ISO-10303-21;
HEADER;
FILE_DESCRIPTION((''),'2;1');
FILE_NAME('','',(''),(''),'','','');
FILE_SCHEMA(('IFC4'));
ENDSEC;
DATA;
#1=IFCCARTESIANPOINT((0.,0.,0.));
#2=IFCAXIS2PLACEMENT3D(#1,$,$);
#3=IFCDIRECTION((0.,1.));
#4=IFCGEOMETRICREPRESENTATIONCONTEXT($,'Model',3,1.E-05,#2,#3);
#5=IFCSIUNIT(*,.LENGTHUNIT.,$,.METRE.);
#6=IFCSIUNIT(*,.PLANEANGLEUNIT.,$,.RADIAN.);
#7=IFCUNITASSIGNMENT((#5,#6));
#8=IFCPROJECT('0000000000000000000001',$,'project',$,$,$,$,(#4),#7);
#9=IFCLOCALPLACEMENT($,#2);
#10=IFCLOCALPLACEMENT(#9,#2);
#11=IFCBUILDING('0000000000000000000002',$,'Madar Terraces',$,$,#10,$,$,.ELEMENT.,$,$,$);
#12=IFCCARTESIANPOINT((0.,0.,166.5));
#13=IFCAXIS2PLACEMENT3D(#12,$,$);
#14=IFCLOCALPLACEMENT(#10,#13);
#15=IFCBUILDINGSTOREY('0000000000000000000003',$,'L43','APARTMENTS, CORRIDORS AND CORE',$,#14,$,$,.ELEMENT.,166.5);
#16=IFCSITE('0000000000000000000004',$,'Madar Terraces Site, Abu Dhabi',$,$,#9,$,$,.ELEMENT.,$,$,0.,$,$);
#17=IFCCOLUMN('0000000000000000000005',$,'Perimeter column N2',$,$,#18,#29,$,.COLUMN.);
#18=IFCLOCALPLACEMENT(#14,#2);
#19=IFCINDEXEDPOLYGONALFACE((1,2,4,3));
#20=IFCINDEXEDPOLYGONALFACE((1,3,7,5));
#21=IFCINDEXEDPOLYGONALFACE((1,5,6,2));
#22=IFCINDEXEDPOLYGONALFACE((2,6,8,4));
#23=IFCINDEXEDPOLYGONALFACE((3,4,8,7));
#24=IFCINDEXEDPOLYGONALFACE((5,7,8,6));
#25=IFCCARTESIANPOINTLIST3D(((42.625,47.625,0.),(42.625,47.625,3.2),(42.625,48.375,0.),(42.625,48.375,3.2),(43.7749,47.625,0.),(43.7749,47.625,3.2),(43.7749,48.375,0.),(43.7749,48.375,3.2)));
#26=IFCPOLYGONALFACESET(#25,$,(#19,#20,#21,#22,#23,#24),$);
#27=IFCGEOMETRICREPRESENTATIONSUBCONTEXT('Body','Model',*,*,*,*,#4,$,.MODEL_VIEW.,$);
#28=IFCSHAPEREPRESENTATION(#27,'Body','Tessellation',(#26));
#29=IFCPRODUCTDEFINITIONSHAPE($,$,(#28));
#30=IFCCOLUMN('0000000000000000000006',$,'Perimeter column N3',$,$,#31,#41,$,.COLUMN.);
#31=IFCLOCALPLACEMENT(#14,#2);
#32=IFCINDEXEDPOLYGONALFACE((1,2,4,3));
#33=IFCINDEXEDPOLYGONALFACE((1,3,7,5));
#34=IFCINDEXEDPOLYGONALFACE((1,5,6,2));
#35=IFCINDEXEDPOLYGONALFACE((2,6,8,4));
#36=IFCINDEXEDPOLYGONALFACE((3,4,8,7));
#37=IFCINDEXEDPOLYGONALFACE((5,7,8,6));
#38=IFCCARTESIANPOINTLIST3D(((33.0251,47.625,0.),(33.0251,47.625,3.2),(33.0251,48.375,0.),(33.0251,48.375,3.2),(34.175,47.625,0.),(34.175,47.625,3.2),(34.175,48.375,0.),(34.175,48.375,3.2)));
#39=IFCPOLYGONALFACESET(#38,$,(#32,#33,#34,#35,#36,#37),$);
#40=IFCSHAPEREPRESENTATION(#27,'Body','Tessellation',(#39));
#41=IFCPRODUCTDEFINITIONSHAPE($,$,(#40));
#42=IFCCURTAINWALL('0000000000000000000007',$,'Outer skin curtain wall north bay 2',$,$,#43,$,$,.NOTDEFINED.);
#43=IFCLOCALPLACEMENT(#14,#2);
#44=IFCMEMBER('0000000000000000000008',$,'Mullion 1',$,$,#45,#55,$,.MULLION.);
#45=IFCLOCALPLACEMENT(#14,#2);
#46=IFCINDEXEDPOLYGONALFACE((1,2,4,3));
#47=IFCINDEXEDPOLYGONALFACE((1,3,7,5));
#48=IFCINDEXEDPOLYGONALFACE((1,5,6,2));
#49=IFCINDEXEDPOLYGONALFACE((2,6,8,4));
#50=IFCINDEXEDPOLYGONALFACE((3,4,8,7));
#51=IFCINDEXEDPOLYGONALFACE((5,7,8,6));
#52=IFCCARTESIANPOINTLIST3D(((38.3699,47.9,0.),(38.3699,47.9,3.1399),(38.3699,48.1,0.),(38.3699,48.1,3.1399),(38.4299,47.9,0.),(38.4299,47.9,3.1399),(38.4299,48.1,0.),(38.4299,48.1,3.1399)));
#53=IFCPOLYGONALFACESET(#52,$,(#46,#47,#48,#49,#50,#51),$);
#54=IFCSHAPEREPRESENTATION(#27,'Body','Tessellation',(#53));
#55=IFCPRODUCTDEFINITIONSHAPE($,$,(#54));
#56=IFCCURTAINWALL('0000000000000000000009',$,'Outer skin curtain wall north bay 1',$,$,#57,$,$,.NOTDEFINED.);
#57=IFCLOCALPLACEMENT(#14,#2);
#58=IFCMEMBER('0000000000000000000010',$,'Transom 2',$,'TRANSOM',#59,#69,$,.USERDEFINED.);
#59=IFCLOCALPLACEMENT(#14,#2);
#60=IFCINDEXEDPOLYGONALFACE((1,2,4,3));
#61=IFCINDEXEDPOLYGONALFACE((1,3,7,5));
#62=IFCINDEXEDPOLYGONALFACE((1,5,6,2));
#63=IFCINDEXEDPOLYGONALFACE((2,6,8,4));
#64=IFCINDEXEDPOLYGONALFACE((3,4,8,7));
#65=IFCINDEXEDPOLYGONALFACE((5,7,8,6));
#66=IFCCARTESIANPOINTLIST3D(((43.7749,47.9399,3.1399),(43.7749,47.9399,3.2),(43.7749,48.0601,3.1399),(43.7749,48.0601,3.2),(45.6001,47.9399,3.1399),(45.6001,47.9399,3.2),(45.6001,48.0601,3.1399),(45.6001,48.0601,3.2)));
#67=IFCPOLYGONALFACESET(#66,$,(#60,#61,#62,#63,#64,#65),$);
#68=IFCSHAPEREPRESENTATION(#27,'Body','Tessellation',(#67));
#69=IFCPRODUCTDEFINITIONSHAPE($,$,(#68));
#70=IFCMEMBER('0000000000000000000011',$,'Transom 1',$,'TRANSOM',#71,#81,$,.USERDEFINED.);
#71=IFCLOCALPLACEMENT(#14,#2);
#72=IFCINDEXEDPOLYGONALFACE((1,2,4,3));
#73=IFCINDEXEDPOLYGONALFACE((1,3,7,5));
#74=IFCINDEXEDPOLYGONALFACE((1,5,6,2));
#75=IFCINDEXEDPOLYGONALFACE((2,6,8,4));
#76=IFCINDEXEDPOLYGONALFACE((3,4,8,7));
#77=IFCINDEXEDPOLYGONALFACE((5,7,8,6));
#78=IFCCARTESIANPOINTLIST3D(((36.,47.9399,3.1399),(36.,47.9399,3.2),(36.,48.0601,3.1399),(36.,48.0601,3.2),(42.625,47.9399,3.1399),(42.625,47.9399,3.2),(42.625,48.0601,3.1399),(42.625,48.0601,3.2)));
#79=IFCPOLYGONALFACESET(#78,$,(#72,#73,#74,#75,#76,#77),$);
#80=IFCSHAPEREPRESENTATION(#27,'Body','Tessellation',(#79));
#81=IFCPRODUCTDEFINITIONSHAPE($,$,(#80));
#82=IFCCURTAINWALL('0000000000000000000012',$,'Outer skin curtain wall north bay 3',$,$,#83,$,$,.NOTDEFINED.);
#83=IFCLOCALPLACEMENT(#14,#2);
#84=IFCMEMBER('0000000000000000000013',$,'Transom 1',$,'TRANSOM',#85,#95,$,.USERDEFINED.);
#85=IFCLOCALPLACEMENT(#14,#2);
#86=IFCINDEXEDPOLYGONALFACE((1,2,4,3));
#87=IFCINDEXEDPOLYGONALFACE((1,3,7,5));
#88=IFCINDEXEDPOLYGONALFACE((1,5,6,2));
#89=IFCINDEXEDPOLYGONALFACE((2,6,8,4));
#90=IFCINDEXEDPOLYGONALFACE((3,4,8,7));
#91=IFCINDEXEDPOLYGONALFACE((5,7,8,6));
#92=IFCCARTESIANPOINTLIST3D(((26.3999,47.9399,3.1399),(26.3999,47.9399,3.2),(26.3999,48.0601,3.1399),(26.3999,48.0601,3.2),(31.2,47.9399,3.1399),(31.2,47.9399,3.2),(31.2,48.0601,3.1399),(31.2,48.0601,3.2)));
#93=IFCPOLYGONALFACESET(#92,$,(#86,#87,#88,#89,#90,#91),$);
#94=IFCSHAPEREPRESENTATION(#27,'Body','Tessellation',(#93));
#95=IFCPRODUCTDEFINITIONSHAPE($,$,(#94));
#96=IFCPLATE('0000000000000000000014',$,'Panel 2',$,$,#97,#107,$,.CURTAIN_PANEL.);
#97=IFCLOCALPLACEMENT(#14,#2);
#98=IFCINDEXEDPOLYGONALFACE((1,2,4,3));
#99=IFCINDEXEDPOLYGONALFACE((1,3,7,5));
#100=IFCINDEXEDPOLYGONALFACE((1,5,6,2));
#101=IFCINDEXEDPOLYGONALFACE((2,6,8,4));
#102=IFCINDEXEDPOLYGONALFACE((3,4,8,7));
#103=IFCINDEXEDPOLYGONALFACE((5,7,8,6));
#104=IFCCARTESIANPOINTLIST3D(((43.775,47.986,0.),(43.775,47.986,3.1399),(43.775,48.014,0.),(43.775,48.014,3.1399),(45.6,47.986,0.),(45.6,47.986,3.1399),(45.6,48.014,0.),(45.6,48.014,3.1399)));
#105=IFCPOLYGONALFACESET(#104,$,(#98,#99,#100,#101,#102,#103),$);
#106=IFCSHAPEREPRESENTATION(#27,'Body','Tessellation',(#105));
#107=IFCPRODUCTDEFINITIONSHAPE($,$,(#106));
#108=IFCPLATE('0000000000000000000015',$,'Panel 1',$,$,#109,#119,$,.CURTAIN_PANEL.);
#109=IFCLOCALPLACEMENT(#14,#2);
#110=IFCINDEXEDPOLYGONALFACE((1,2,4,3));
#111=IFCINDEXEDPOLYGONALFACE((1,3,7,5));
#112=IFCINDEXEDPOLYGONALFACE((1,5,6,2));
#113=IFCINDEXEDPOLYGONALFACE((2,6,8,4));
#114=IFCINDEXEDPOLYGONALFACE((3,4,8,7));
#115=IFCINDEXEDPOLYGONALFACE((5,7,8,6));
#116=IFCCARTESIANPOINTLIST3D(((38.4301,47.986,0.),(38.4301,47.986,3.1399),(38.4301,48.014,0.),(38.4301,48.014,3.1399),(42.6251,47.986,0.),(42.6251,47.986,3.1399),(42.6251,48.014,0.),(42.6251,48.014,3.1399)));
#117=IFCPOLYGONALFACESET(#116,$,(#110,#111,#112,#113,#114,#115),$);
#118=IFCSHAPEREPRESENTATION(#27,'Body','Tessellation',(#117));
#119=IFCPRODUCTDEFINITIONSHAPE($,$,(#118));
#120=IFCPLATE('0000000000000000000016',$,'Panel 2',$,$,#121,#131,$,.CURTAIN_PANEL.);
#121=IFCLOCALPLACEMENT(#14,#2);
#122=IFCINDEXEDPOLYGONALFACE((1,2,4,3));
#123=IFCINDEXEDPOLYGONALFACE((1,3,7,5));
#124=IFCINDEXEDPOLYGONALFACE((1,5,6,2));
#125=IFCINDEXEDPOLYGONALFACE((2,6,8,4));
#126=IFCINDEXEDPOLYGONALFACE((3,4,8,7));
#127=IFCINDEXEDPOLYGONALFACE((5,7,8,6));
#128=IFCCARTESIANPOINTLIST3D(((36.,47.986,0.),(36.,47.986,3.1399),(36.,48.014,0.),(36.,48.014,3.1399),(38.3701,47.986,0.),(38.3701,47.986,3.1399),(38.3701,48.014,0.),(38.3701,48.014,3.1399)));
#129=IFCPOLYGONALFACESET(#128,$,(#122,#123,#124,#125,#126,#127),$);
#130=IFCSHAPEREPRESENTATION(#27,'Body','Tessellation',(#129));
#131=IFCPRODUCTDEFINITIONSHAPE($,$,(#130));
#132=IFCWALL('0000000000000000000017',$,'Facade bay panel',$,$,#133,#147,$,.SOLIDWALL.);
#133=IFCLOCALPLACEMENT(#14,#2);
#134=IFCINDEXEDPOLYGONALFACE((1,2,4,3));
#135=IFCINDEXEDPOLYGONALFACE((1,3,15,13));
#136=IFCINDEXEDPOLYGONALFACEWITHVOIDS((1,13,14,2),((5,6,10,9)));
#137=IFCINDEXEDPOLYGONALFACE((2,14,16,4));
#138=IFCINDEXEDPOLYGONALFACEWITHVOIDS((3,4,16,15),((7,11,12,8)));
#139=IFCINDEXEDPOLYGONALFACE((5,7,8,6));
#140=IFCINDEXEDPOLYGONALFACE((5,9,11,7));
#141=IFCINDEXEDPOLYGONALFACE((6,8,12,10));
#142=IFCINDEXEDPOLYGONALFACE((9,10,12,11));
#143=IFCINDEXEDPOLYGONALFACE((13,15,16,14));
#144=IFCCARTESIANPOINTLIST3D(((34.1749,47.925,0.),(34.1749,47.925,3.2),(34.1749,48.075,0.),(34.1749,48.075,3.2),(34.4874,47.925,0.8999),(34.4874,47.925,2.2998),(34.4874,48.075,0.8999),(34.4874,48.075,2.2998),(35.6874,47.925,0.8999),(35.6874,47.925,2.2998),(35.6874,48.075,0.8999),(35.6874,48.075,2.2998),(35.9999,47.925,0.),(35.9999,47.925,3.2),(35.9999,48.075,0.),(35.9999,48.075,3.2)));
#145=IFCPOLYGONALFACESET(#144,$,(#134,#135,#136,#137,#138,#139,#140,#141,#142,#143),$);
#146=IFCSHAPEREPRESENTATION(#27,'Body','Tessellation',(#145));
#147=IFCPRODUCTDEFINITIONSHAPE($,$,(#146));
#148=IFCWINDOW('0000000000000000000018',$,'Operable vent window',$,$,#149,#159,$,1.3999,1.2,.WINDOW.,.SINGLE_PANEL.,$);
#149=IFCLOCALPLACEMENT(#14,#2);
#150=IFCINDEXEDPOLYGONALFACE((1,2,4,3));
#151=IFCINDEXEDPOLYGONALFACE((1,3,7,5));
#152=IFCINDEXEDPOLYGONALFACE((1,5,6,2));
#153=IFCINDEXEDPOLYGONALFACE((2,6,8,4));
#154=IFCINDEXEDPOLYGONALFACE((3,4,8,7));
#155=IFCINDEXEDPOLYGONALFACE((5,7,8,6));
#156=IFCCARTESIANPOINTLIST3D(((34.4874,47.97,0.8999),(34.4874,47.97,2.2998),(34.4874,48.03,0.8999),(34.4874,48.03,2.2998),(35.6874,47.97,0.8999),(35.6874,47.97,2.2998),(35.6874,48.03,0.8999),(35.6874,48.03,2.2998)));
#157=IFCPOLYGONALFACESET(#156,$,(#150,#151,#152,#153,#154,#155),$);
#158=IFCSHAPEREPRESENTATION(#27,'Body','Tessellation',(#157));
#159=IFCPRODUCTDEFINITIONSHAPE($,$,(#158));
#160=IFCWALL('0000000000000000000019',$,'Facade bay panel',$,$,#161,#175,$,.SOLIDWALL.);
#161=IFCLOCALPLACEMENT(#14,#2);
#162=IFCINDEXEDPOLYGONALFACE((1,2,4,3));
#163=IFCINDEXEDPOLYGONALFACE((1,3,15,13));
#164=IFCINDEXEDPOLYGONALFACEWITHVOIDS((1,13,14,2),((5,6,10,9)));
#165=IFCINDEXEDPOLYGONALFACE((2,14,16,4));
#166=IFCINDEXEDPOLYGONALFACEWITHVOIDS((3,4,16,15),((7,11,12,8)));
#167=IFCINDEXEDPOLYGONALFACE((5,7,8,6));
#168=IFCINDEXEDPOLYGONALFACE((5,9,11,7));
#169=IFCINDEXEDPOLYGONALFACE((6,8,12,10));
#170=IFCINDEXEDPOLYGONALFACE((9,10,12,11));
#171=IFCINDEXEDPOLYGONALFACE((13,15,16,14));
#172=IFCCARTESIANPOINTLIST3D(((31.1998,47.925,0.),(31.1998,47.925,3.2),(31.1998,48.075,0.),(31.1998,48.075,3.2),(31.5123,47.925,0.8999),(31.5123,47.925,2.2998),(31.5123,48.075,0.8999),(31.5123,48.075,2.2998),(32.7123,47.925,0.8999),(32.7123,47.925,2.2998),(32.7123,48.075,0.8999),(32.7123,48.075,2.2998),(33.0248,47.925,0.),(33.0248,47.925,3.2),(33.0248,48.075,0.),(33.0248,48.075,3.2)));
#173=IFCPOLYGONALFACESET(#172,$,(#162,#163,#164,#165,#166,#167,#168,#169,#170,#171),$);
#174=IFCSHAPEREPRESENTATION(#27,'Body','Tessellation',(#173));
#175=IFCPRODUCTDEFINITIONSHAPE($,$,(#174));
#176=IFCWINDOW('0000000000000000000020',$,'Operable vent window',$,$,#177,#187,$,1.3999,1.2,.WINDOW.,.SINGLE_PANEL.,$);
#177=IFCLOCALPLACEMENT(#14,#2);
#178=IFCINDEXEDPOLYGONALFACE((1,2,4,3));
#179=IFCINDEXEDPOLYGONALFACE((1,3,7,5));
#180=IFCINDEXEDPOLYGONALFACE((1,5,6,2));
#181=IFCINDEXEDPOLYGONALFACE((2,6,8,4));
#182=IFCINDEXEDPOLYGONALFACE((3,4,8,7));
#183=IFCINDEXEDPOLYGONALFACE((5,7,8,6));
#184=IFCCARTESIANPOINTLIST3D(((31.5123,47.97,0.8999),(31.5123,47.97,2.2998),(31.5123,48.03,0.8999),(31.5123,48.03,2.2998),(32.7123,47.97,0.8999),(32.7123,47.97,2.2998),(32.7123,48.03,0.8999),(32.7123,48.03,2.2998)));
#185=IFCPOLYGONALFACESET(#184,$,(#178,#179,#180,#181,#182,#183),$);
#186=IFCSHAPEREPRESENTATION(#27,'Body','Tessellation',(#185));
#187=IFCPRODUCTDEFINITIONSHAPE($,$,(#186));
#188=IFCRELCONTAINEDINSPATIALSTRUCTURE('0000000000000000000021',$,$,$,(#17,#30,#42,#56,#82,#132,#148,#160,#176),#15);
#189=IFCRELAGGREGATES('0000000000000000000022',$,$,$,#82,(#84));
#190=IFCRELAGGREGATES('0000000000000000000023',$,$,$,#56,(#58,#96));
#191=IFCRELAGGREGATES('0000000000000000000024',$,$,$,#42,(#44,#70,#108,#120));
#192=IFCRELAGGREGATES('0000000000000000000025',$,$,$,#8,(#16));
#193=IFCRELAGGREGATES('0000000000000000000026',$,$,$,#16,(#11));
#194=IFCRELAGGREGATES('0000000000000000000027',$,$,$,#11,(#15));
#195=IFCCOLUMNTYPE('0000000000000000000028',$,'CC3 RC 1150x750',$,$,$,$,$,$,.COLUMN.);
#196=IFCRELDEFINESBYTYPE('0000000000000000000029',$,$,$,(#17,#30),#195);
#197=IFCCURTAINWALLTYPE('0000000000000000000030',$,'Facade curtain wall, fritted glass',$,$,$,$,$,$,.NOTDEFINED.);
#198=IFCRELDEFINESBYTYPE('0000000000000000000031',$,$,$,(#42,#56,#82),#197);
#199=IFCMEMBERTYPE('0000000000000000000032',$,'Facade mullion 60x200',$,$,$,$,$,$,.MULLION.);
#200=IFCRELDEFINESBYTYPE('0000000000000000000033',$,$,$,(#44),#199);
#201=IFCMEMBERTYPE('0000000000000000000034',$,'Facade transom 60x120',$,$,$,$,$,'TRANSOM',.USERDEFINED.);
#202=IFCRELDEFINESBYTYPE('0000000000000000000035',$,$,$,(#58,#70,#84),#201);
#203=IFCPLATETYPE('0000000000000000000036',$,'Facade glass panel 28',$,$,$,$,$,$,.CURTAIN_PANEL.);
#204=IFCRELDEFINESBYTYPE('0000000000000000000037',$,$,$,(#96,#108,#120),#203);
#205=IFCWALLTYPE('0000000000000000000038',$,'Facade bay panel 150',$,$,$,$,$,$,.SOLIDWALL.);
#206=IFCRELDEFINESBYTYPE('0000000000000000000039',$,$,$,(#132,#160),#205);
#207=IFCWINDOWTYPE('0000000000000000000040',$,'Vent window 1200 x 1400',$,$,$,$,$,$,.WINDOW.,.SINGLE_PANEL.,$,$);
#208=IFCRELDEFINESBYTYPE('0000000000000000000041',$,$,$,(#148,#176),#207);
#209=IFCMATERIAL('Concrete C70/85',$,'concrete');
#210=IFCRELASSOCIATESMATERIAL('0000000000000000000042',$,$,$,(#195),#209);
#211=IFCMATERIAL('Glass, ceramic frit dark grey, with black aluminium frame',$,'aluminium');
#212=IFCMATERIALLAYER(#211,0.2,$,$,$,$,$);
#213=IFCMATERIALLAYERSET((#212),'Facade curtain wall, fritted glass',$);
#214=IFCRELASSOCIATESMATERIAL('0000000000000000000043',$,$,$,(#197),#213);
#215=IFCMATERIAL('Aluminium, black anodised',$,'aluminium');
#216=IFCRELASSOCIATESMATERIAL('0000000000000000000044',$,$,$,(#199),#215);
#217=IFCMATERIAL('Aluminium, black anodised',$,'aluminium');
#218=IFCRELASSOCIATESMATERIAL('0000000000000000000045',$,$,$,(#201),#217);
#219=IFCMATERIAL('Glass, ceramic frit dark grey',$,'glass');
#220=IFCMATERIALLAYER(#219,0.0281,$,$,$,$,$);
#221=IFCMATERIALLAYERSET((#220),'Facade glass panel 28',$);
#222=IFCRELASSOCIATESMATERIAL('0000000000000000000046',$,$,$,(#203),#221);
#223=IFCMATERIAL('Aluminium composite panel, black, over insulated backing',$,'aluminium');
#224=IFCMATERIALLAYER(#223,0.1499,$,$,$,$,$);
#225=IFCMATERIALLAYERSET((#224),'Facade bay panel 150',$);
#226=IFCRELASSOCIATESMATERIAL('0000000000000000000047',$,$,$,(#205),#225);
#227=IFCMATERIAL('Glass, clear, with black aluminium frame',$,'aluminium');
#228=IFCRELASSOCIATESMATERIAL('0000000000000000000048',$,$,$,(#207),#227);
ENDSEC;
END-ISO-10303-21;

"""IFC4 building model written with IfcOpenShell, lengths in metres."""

from ifc_helpers import new_model, si_unit, direction, frame, frame_2d, origin, origin_2d, place, context, subcontext, project, spatial, rectangle, extrude, material, layer, layer_set, material_profile, profile_set, type_object, element, fill, aggregate, save


model = new_model("IFC4")

# Units and contexts
model_context = context("Model", 3, precision=1e-05, world=origin(), true_north=direction((0.0, 1.0)))
body_context = subcontext(model_context, "Body", "Model", "MODEL_VIEW")
ifc_project = project(units=[si_unit("LENGTHUNIT", "METRE"), si_unit("PLANEANGLEUNIT", "RADIAN")], contexts=[model_context])

# Site, building, storey
site_placement = place(None, origin())
site = spatial("IfcSite", under=ifc_project, at=site_placement, Name="Madar Terraces Site, Abu Dhabi", CompositionType="ELEMENT", RefElevation=0.0)
building_placement = place(site_placement, origin())
building = spatial("IfcBuilding", under=site, at=building_placement, Name="Madar Terraces", CompositionType="ELEMENT")
storey_placement = place(building_placement, frame((0.0, 0.0, 166.5)))
storey = spatial("IfcBuildingStorey", under=building, at=storey_placement, Name="L43", Description="APARTMENTS, CORRIDORS AND CORE", CompositionType="ELEMENT", Elevation=166.5)

# Columns
ifc_material_1 = material(Name="Concrete C70/85", Category="concrete")
ifc_material_profile_1 = material_profile(ifc_material_1, rectangle(XDim=1.1499, YDim=0.75, at=origin_2d()), Name="CC3 RC 1150x750")
ifc_profile_set_1 = profile_set([ifc_material_profile_1], Name="Concrete C70/85")
column_type = type_object("IfcColumnType", Name="CC3 RC 1150x750", PredefinedType="COLUMN", material=ifc_profile_set_1)
for number, where, z_axis, x_axis, name in (
    (1, (43.2, 48.0, 0.0), (0.0, 0.0, 1.0), (1.0, 0.0, 0.0), "Perimeter column N2"),
    (2, (33.6001, 48.0, 0.0), (0.0, 0.0, 1.0), (1.0, 0.0, 0.0), "Perimeter column N3"),
):
    element("IfcColumn", number, at=place(storey_placement, frame(where, z_axis=z_axis, x_axis=x_axis)), inside=storey, type_object=column_type, Name=name, PredefinedType="COLUMN", context=body_context, shape_type="SweptSolid", body=[
        extrude(rectangle(XDim=1.1499, YDim=0.75, at=origin_2d()), origin(), (0.0, 0.0, 1.0), 3.2),
    ])

# Curtain walls, members
ifc_material_2 = material(Name="Glass, ceramic frit dark grey, with black aluminium frame", Category="aluminium")
ifc_layer_1 = layer(ifc_material_2, 0.2)
ifc_layer_set_1 = layer_set([ifc_layer_1], Name="Facade curtain wall, fritted glass")
curtain_wall_type = type_object("IfcCurtainWallType", Name="Facade curtain wall, fritted glass", PredefinedType="NOTDEFINED", material=ifc_layer_set_1)
curtain_wall_1_placement = place(storey_placement, origin())
curtain_wall_1 = element("IfcCurtainWall", 3, at=curtain_wall_1_placement, inside=storey, type_object=curtain_wall_type, Name="Outer skin curtain wall north bay 2", PredefinedType="NOTDEFINED")
ifc_material_3 = material(Name="Aluminium, black anodised", Category="aluminium")
ifc_material_profile_2 = material_profile(ifc_material_3, rectangle(XDim=0.2, YDim=0.0601, at=origin_2d()), Name="Facade mullion 60x200")
ifc_profile_set_2 = profile_set([ifc_material_profile_2], Name="Aluminium, black anodised")
member_type_1 = type_object("IfcMemberType", Name="Facade mullion 60x200", PredefinedType="MULLION", material=ifc_profile_set_2)
member_1_placement = place(storey_placement, frame((38.3999, 48.0, 0.0), z_axis=(0.0, 0.0, 1.0), x_axis=(0.0, -1.0, 0.0)))
member_1 = element("IfcMember", 4, at=member_1_placement, type_object=member_type_1, Name="Mullion 1", PredefinedType="MULLION", context=body_context, shape_type="SweptSolid", body=[
    extrude(rectangle(XDim=0.2, YDim=0.0601, at=origin_2d()), origin(), (0.0, 0.0, 1.0), 3.1399),
])
curtain_wall_2_placement = place(storey_placement, origin())
curtain_wall_2 = element("IfcCurtainWall", 5, at=curtain_wall_2_placement, inside=storey, type_object=curtain_wall_type, Name="Outer skin curtain wall north bay 1", PredefinedType="NOTDEFINED")
ifc_material_4 = material(Name="Aluminium, black anodised", Category="aluminium")
ifc_material_profile_3 = material_profile(ifc_material_4, rectangle(XDim=0.1201, YDim=0.0601, at=origin_2d()), Name="Facade transom 60x120")
ifc_profile_set_3 = profile_set([ifc_material_profile_3], Name="Aluminium, black anodised")
member_type_2 = type_object("IfcMemberType", Name="Facade transom 60x120", ElementType="TRANSOM", PredefinedType="USERDEFINED", material=ifc_profile_set_3)
member_2_placement = place(storey_placement, frame((45.6001, 48.0, 3.1699), z_axis=(-1.0, 0.0, 0.0), x_axis=(0.0, -1.0, 0.0)))
member_2 = element("IfcMember", 6, at=member_2_placement, type_object=member_type_2, Name="Transom 2", ObjectType="TRANSOM", PredefinedType="USERDEFINED", context=body_context, shape_type="SweptSolid", body=[
    extrude(rectangle(XDim=0.1201, YDim=0.0601, at=origin_2d()), origin(), (0.0, 0.0, 1.0), 1.8252),
])

# Member
member_3_placement = place(storey_placement, frame((42.625, 48.0, 3.1699), z_axis=(-1.0, 0.0, 0.0), x_axis=(0.0, -1.0, 0.0)))
member_3 = element("IfcMember", 7, at=member_3_placement, type_object=member_type_2, Name="Transom 1", ObjectType="TRANSOM", PredefinedType="USERDEFINED", context=body_context, shape_type="SweptSolid", body=[
    extrude(rectangle(XDim=0.1201, YDim=0.0601, at=origin_2d()), origin(), (0.0, 0.0, 1.0), 6.625),
])

# Curtain wall, member
curtain_wall_3_placement = place(storey_placement, origin())
curtain_wall_3 = element("IfcCurtainWall", 8, at=curtain_wall_3_placement, inside=storey, type_object=curtain_wall_type, Name="Outer skin curtain wall north bay 3", PredefinedType="NOTDEFINED")
member_4_placement = place(storey_placement, frame((31.2, 48.0, 3.1699), z_axis=(-1.0, 0.0, 0.0), x_axis=(0.0, -1.0, 0.0)))
member_4 = element("IfcMember", 9, at=member_4_placement, type_object=member_type_2, Name="Transom 1", ObjectType="TRANSOM", PredefinedType="USERDEFINED", context=body_context, shape_type="SweptSolid", body=[
    extrude(rectangle(XDim=0.1201, YDim=0.0601, at=origin_2d()), origin(), (0.0, 0.0, 1.0), 4.8),
])
aggregate(curtain_wall_3, [member_4])

# Plates
ifc_material_5 = material(Name="Glass, ceramic frit dark grey", Category="glass")
ifc_layer_2 = layer(ifc_material_5, 0.0281)
ifc_layer_set_2 = layer_set([ifc_layer_2], Name="Facade glass panel 28")
plate_type = type_object("IfcPlateType", Name="Facade glass panel 28", PredefinedType="CURTAIN_PANEL", material=ifc_layer_set_2)
plate_1_placement = place(storey_placement, frame((44.6875, 48.0, 0.0), z_axis=(0.0, 0.0, 1.0), x_axis=(-1.0, 0.0, 0.0)))
plate_1 = element("IfcPlate", 10, at=plate_1_placement, type_object=plate_type, Name="Panel 2", PredefinedType="CURTAIN_PANEL", context=body_context, shape_type="SweptSolid", body=[
    extrude(rectangle(XDim=1.825, YDim=0.0281, at=origin_2d()), origin(), (0.0, 0.0, 1.0), 3.1399),
])
aggregate(curtain_wall_2, [member_2, plate_1])
plate_2_placement = place(storey_placement, frame((40.5276, 48.0, 0.0), z_axis=(0.0, 0.0, 1.0), x_axis=(-1.0, 0.0, 0.0)))
plate_2 = element("IfcPlate", 11, at=plate_2_placement, type_object=plate_type, Name="Panel 1", PredefinedType="CURTAIN_PANEL", context=body_context, shape_type="SweptSolid", body=[
    extrude(rectangle(XDim=4.1951, YDim=0.0281, at=origin_2d()), origin(), (0.0, 0.0, 1.0), 3.1399),
])
plate_3_placement = place(storey_placement, frame((37.1851, 48.0, 0.0), z_axis=(0.0, 0.0, 1.0), x_axis=(-1.0, 0.0, 0.0)))
plate_3 = element("IfcPlate", 12, at=plate_3_placement, type_object=plate_type, Name="Panel 2", PredefinedType="CURTAIN_PANEL", context=body_context, shape_type="SweptSolid", body=[
    extrude(rectangle(XDim=2.3701, YDim=0.0281, at=origin_2d()), origin(), (0.0, 0.0, 1.0), 3.1399),
])
aggregate(curtain_wall_1, [member_1, member_3, plate_2, plate_3])

# Walls, openings, windows
ifc_material_6 = material(Name="Aluminium composite panel, black, over insulated backing", Category="aluminium")
ifc_layer_3 = layer(ifc_material_6, 0.1499)
ifc_layer_set_3 = layer_set([ifc_layer_3], Name="Facade bay panel 150")
wall_type_1 = type_object("IfcWallType", Name="Facade bay panel 150", PredefinedType="SOLIDWALL", material=ifc_layer_set_3)
wall_1_placement = place(storey_placement, frame((36.0, 48.0, 0.0), z_axis=(0.0, 0.0, 1.0), x_axis=(-1.0, 0.0, 0.0)))
wall_1 = element("IfcWall", 13, at=wall_1_placement, inside=storey, type_object=wall_type_1, Name="Facade bay panel", PredefinedType="SOLIDWALL", context=body_context, shape_type="SweptSolid", body=[
    extrude(rectangle(XDim=1.825, YDim=0.1499, at=frame_2d((0.9126, 0.0))), origin(), (0.0, 0.0, 1.0), 3.2),
])
opening_1_placement = place(wall_1_placement, frame((0.3125, 0.0, 0.8999)))
opening_1 = element("IfcOpeningElement", 14, at=opening_1_placement, cuts=wall_1, PredefinedType="OPENING", context=body_context, shape_type="SweptSolid", body=[
    extrude(rectangle(XDim=1.2, YDim=1.3999, at=frame_2d((0.6001, 0.7))), frame((0.0, 0.085, 0.0), z_axis=(0.0, -1.0, 0.0), x_axis=(1.0, 0.0, 0.0)), (0.0, 0.0, 1.0), 0.1699),
])
ifc_material_7 = material(Name="Glass, clear, with black aluminium frame", Category="aluminium")
window_type = type_object("IfcWindowType", Name="Vent window 1200 x 1400", PartitioningType="SINGLE_PANEL", PredefinedType="WINDOW", material=ifc_material_7)
window_1_placement = place(opening_1_placement, origin())
window_1 = element("IfcWindow", 15, at=window_1_placement, inside=storey, type_object=window_type, Name="Operable vent window", OverallHeight=1.3999, OverallWidth=1.2, PartitioningType="SINGLE_PANEL", PredefinedType="WINDOW", context=body_context, shape_type="SweptSolid", body=[
    extrude(rectangle(XDim=1.2, YDim=1.3999, at=frame_2d((0.6001, 0.7))), frame((0.0, 0.03, 0.0), z_axis=(0.0, -1.0, 0.0), x_axis=(1.0, 0.0, 0.0)), (0.0, 0.0, 1.0), 0.0601),
])
fill(opening_1, window_1)
wall_2_placement = place(storey_placement, frame((33.0249, 48.0, 0.0), z_axis=(0.0, 0.0, 1.0), x_axis=(-1.0, 0.0, 0.0)))
wall_2 = element("IfcWall", 16, at=wall_2_placement, inside=storey, type_object=wall_type_1, Name="Facade bay panel", PredefinedType="SOLIDWALL", context=body_context, shape_type="SweptSolid", body=[
    extrude(rectangle(XDim=1.825, YDim=0.1499, at=frame_2d((0.9126, 0.0))), origin(), (0.0, 0.0, 1.0), 3.2),
])
opening_2_placement = place(wall_2_placement, frame((0.3125, 0.0, 0.8999)))
opening_2 = element("IfcOpeningElement", 17, at=opening_2_placement, cuts=wall_2, PredefinedType="OPENING", context=body_context, shape_type="SweptSolid", body=[
    extrude(rectangle(XDim=1.2, YDim=1.3999, at=frame_2d((0.6001, 0.7))), frame((0.0, 0.085, 0.0), z_axis=(0.0, -1.0, 0.0), x_axis=(1.0, 0.0, 0.0)), (0.0, 0.0, 1.0), 0.1699),
])
window_2_placement = place(opening_2_placement, origin())
window_2 = element("IfcWindow", 18, at=window_2_placement, inside=storey, type_object=window_type, Name="Operable vent window", OverallHeight=1.3999, OverallWidth=1.2, PartitioningType="SINGLE_PANEL", PredefinedType="WINDOW", context=body_context, shape_type="SweptSolid", body=[
    extrude(rectangle(XDim=1.2, YDim=1.3999, at=frame_2d((0.6001, 0.7))), frame((0.0, 0.03, 0.0), z_axis=(0.0, -1.0, 0.0), x_axis=(1.0, 0.0, 0.0)), (0.0, 0.0, 1.0), 0.0601),
])
fill(opening_2, window_2)

save(model, "model.ifc")
